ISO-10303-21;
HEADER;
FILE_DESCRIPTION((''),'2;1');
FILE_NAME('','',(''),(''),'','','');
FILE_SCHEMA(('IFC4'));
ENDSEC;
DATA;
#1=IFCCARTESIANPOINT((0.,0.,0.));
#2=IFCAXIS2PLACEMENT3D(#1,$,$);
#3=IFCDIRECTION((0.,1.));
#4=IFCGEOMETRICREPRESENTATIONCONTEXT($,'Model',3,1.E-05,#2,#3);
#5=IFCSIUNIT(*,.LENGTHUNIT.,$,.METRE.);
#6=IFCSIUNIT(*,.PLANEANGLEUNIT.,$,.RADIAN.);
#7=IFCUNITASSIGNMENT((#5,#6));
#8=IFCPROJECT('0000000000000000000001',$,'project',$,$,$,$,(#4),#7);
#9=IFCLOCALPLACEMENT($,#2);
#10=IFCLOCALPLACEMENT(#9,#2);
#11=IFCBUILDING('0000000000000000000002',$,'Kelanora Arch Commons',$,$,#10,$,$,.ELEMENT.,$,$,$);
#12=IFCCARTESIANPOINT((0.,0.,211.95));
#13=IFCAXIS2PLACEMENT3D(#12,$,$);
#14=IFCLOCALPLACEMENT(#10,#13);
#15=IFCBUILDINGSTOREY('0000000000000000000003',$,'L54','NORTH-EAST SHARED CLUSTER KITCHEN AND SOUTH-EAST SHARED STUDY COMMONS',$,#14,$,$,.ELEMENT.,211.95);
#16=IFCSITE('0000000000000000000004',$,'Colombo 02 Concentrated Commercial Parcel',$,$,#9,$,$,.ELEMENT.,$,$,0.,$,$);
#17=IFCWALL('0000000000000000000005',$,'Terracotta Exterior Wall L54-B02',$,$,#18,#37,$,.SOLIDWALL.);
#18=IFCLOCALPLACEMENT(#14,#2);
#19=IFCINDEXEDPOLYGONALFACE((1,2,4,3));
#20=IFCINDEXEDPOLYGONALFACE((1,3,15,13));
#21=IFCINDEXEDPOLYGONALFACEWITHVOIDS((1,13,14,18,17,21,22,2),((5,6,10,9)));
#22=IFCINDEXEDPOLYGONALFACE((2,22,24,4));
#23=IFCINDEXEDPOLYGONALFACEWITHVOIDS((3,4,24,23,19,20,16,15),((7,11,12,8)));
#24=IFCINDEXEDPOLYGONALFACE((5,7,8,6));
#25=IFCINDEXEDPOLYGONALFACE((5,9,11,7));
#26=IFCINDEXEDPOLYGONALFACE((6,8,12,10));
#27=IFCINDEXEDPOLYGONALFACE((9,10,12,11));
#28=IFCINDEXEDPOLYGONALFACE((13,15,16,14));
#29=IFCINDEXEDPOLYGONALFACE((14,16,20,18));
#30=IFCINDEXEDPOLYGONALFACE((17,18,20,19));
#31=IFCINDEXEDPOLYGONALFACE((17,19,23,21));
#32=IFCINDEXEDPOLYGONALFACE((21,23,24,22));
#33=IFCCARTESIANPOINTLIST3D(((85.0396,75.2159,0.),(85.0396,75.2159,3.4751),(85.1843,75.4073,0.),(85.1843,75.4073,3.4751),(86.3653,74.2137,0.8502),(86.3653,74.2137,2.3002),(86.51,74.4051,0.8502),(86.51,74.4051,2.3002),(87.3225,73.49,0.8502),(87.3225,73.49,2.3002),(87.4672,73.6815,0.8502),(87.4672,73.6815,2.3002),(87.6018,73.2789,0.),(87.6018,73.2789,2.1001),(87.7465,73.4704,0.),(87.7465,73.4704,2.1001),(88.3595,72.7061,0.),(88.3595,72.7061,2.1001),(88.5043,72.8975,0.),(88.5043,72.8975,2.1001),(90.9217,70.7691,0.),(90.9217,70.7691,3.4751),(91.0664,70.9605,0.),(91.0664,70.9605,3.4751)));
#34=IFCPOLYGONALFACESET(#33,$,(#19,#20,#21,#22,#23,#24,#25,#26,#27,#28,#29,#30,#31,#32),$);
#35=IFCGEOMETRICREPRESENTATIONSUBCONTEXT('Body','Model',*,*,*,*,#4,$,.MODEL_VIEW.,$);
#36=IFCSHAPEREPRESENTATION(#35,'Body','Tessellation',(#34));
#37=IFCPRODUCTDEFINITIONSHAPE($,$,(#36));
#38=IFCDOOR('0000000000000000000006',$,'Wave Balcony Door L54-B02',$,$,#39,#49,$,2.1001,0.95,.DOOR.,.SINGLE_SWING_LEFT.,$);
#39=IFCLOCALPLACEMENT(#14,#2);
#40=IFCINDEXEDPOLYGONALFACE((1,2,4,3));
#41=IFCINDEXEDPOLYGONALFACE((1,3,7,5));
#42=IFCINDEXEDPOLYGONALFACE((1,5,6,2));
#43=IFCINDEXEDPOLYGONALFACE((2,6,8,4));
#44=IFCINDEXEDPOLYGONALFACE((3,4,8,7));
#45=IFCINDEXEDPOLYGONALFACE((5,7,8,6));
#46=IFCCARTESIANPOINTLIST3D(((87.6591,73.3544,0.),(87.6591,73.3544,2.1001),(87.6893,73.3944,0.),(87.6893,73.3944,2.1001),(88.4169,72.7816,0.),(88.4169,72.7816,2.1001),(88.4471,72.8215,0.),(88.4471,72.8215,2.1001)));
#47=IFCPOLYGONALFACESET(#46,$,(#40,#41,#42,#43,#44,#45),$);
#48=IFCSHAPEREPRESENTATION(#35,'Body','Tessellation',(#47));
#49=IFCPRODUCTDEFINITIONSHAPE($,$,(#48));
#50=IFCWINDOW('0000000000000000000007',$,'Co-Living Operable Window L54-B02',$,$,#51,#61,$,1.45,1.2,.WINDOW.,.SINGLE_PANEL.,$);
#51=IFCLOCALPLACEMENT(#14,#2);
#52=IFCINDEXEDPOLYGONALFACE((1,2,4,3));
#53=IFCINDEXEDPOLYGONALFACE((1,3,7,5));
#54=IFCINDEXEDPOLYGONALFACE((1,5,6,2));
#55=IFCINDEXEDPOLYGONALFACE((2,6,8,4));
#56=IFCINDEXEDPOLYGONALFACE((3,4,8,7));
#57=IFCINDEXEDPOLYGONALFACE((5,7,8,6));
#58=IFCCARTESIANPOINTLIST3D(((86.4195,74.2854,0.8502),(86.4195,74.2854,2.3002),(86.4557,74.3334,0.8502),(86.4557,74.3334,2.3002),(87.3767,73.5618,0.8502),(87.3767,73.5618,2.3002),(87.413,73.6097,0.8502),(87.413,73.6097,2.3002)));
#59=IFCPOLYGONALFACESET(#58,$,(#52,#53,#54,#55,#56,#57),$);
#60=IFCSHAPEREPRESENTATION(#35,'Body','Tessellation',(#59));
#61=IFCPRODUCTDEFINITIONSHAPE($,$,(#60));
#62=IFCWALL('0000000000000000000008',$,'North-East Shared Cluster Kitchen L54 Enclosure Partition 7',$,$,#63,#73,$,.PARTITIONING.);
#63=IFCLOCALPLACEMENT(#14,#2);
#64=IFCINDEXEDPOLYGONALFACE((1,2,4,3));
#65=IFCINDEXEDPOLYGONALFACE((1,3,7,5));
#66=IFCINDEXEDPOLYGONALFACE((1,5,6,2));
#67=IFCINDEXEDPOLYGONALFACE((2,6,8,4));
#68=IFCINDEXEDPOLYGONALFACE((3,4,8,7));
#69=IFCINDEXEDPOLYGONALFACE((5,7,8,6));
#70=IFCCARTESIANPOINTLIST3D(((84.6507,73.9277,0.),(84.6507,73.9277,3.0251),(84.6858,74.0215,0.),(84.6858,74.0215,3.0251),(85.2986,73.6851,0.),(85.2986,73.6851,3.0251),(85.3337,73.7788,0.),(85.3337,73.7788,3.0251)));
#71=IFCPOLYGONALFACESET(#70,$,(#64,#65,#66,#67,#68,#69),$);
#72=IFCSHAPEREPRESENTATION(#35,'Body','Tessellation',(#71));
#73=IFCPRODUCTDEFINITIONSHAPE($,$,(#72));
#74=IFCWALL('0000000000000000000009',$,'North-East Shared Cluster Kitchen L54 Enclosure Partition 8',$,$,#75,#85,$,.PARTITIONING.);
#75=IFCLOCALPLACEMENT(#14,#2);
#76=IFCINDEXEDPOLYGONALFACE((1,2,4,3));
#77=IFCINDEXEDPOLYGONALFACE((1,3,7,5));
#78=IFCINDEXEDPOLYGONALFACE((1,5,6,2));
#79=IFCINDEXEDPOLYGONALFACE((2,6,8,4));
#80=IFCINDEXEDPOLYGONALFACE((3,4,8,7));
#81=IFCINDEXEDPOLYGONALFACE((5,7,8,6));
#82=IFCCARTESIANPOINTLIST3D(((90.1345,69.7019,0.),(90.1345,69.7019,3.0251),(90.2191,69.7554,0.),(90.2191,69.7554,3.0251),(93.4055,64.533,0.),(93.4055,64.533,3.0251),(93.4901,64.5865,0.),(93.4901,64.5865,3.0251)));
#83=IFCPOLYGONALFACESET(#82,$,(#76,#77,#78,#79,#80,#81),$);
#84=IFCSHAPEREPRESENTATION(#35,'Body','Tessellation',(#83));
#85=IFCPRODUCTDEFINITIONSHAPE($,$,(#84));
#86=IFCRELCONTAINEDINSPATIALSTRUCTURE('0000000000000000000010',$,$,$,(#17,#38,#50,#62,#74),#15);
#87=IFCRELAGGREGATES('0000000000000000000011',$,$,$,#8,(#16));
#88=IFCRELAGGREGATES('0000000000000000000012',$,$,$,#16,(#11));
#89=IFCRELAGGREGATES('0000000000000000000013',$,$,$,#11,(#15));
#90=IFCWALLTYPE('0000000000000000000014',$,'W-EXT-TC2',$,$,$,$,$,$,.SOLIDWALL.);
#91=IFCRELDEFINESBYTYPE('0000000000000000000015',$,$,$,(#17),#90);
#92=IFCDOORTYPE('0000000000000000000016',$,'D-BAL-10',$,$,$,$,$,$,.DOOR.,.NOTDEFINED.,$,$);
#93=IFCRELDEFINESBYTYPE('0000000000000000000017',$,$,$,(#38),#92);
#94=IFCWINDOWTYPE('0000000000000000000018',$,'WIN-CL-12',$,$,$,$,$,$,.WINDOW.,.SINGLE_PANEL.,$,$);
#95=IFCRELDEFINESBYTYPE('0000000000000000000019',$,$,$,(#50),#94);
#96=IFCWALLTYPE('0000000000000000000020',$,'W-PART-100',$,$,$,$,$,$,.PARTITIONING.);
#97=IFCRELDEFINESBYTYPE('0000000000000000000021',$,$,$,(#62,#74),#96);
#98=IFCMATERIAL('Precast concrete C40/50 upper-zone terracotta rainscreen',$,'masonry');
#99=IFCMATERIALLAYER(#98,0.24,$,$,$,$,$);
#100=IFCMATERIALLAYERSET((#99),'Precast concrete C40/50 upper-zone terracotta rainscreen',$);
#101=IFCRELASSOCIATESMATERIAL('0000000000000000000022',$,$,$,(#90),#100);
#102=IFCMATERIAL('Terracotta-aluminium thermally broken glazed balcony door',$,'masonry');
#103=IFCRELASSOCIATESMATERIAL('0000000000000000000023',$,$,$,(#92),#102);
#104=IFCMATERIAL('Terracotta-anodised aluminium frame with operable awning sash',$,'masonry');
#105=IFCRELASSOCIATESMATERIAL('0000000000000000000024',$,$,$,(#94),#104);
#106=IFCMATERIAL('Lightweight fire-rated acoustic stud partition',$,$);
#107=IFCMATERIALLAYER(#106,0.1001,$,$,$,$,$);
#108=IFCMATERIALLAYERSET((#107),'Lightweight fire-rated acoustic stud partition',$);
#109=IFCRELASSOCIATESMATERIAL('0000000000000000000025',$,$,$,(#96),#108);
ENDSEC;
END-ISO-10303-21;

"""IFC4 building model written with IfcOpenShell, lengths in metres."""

from ifc_helpers import new_model, si_unit, direction, frame, frame_2d, origin, place, context, subcontext, project, spatial, rectangle, extrude, material, layer, layer_set, type_object, element, fill, save


model = new_model("IFC4")

# Units and contexts
model_context = context("Model", 3, precision=1e-05, world=origin(), true_north=direction((0.0, 1.0)))
body_context = subcontext(model_context, "Body", "Model", "MODEL_VIEW")
ifc_project = project(units=[si_unit("LENGTHUNIT", "METRE"), si_unit("PLANEANGLEUNIT", "RADIAN")], contexts=[model_context])

# Site, building, storey
site_placement = place(None, origin())
site = spatial("IfcSite", under=ifc_project, at=site_placement, Name="Colombo 02 Concentrated Commercial Parcel", CompositionType="ELEMENT", RefElevation=0.0)
building_placement = place(site_placement, origin())
building = spatial("IfcBuilding", under=site, at=building_placement, Name="Kelanora Arch Commons", CompositionType="ELEMENT")
storey_placement = place(building_placement, frame((0.0, 0.0, 211.95)))
storey = spatial("IfcBuildingStorey", under=building, at=storey_placement, Name="L54", Description="NORTH-EAST SHARED CLUSTER KITCHEN AND SOUTH-EAST SHARED STUDY COMMONS", CompositionType="ELEMENT", Elevation=211.95)

# Shared definitions
ifc_material_1 = material(Name="Precast concrete C40/50 upper-zone terracotta rainscreen", Category="masonry")
ifc_layer_1 = layer(ifc_material_1, 0.24)
ifc_layer_set_1 = layer_set([ifc_layer_1], Name="Precast concrete C40/50 upper-zone terracotta rainscreen")
wall_type_1 = type_object("IfcWallType", Name="W-EXT-TC2", PredefinedType="SOLIDWALL", material=ifc_layer_set_1)

# Wall, openings, door, window
wall_1_placement = place(storey_placement, frame((90.9941, 70.8647, 0.0), z_axis=(0.0, 0.0, 1.0), x_axis=(-0.797702, 0.603052, 0.0)))
wall_1 = element("IfcWall", 1, at=wall_1_placement, inside=storey, type_object=wall_type_1, Name="Terracotta Exterior Wall L54-B02", PredefinedType="SOLIDWALL", context=body_context, shape_type="SweptSolid", body=[
    extrude(rectangle(XDim=7.3738, YDim=0.24, at=frame_2d((3.687, 0.0))), origin(), (0.0, 0.0, 1.0), 3.4751),
])
opening_1_placement = place(wall_1_placement, frame((3.2119, 0.0, 0.0)))
opening_1 = element("IfcOpeningElement", 2, at=opening_1_placement, cuts=wall_1, PredefinedType="OPENING", context=body_context, shape_type="SweptSolid", body=[
    extrude(rectangle(XDim=0.95, YDim=2.1001, at=frame_2d((0.4751, 1.05))), frame((0.0, 0.1299, 0.0), z_axis=(0.0, -1.0, 0.0), x_axis=(1.0, 0.0, 0.0)), (0.0, 0.0, 1.0), 0.26),
])
opening_2_placement = place(wall_1_placement, frame((4.512, 0.0, 0.8501)))
opening_2 = element("IfcOpeningElement", 3, at=opening_2_placement, cuts=wall_1, PredefinedType="OPENING", context=body_context, shape_type="SweptSolid", body=[
    extrude(rectangle(XDim=1.2, YDim=1.45, at=frame_2d((0.6001, 0.7251))), frame((0.0, 0.1299, 0.0), z_axis=(0.0, -1.0, 0.0), x_axis=(1.0, 0.0, 0.0)), (0.0, 0.0, 1.0), 0.26),
])
ifc_material_2 = material(Name="Terracotta-aluminium thermally broken glazed balcony door", Category="masonry")
door_type = type_object("IfcDoorType", Name="D-BAL-10", OperationType="NOTDEFINED", PredefinedType="DOOR", material=ifc_material_2)
door_placement = place(opening_1_placement, frame((0.95, 0.0, 0.0), z_axis=(0.0, 0.0, 1.0), x_axis=(-1.0, 0.0, 0.0)))
door = element("IfcDoor", 4, at=door_placement, inside=storey, type_object=door_type, Name="Wave Balcony Door L54-B02", OperationType="SINGLE_SWING_LEFT", OverallHeight=2.1001, OverallWidth=0.95, PredefinedType="DOOR", context=body_context, shape_type="SweptSolid", body=[
    extrude(rectangle(XDim=0.95, YDim=2.1001, at=frame_2d((0.4751, 1.05))), frame((0.0, 0.0249, 0.0), z_axis=(0.0, -1.0, 0.0), x_axis=(1.0, 0.0, 0.0)), (0.0, 0.0, 1.0), 0.05),
])
fill(opening_1, door)
ifc_material_3 = material(Name="Terracotta-anodised aluminium frame with operable awning sash", Category="masonry")
window_type_1 = type_object("IfcWindowType", Name="WIN-CL-12", PartitioningType="SINGLE_PANEL", PredefinedType="WINDOW", material=ifc_material_3)
window_1_placement = place(opening_2_placement, origin())
window_1 = element("IfcWindow", 5, at=window_1_placement, inside=storey, type_object=window_type_1, Name="Co-Living Operable Window L54-B02", OverallHeight=1.45, OverallWidth=1.2, PartitioningType="SINGLE_PANEL", PredefinedType="WINDOW", context=body_context, shape_type="SweptSolid", body=[
    extrude(rectangle(XDim=1.2, YDim=1.45, at=frame_2d((0.6001, 0.7251))), frame((0.0, 0.03, 0.0), z_axis=(0.0, -1.0, 0.0), x_axis=(1.0, 0.0, 0.0)), (0.0, 0.0, 1.0), 0.0601),
])
fill(opening_2, window_1)

# Walls
ifc_material_4 = material(Name="Lightweight fire-rated acoustic stud partition")
ifc_layer_2 = layer(ifc_material_4, 0.1001)
ifc_layer_set_2 = layer_set([ifc_layer_2], Name="Lightweight fire-rated acoustic stud partition")
wall_type_2 = type_object("IfcWallType", Name="W-PART-100", PredefinedType="PARTITIONING", material=ifc_layer_set_2)
wall_2_placement = place(storey_placement, frame((84.6682, 73.9746, 0.0), z_axis=(0.0, 0.0, 1.0), x_axis=(0.936474, -0.350737, 0.0)))
element("IfcWall", 6, at=wall_2_placement, inside=storey, type_object=wall_type_2, Name="North-East Shared Cluster Kitchen L54 Enclosure Partition 7", PredefinedType="PARTITIONING", context=body_context, shape_type="SweptSolid", body=[
    extrude(rectangle(XDim=0.6919, YDim=0.1001, at=frame_2d((0.3459, 0.0))), origin(), (0.0, 0.0, 1.0), 3.0251),
])
wall_3_placement = place(storey_placement, frame((90.1768, 69.7288, 0.0), z_axis=(0.0, 0.0, 1.0), x_axis=(0.534741, -0.845016, 0.0)))
element("IfcWall", 7, at=wall_3_placement, inside=storey, type_object=wall_type_2, Name="North-East Shared Cluster Kitchen L54 Enclosure Partition 8", PredefinedType="PARTITIONING", context=body_context, shape_type="SweptSolid", body=[
    extrude(rectangle(XDim=6.1169, YDim=0.1001, at=frame_2d((3.0586, 0.0))), origin(), (0.0, 0.0, 1.0), 3.0251),
])

save(model, "model.ifc")
